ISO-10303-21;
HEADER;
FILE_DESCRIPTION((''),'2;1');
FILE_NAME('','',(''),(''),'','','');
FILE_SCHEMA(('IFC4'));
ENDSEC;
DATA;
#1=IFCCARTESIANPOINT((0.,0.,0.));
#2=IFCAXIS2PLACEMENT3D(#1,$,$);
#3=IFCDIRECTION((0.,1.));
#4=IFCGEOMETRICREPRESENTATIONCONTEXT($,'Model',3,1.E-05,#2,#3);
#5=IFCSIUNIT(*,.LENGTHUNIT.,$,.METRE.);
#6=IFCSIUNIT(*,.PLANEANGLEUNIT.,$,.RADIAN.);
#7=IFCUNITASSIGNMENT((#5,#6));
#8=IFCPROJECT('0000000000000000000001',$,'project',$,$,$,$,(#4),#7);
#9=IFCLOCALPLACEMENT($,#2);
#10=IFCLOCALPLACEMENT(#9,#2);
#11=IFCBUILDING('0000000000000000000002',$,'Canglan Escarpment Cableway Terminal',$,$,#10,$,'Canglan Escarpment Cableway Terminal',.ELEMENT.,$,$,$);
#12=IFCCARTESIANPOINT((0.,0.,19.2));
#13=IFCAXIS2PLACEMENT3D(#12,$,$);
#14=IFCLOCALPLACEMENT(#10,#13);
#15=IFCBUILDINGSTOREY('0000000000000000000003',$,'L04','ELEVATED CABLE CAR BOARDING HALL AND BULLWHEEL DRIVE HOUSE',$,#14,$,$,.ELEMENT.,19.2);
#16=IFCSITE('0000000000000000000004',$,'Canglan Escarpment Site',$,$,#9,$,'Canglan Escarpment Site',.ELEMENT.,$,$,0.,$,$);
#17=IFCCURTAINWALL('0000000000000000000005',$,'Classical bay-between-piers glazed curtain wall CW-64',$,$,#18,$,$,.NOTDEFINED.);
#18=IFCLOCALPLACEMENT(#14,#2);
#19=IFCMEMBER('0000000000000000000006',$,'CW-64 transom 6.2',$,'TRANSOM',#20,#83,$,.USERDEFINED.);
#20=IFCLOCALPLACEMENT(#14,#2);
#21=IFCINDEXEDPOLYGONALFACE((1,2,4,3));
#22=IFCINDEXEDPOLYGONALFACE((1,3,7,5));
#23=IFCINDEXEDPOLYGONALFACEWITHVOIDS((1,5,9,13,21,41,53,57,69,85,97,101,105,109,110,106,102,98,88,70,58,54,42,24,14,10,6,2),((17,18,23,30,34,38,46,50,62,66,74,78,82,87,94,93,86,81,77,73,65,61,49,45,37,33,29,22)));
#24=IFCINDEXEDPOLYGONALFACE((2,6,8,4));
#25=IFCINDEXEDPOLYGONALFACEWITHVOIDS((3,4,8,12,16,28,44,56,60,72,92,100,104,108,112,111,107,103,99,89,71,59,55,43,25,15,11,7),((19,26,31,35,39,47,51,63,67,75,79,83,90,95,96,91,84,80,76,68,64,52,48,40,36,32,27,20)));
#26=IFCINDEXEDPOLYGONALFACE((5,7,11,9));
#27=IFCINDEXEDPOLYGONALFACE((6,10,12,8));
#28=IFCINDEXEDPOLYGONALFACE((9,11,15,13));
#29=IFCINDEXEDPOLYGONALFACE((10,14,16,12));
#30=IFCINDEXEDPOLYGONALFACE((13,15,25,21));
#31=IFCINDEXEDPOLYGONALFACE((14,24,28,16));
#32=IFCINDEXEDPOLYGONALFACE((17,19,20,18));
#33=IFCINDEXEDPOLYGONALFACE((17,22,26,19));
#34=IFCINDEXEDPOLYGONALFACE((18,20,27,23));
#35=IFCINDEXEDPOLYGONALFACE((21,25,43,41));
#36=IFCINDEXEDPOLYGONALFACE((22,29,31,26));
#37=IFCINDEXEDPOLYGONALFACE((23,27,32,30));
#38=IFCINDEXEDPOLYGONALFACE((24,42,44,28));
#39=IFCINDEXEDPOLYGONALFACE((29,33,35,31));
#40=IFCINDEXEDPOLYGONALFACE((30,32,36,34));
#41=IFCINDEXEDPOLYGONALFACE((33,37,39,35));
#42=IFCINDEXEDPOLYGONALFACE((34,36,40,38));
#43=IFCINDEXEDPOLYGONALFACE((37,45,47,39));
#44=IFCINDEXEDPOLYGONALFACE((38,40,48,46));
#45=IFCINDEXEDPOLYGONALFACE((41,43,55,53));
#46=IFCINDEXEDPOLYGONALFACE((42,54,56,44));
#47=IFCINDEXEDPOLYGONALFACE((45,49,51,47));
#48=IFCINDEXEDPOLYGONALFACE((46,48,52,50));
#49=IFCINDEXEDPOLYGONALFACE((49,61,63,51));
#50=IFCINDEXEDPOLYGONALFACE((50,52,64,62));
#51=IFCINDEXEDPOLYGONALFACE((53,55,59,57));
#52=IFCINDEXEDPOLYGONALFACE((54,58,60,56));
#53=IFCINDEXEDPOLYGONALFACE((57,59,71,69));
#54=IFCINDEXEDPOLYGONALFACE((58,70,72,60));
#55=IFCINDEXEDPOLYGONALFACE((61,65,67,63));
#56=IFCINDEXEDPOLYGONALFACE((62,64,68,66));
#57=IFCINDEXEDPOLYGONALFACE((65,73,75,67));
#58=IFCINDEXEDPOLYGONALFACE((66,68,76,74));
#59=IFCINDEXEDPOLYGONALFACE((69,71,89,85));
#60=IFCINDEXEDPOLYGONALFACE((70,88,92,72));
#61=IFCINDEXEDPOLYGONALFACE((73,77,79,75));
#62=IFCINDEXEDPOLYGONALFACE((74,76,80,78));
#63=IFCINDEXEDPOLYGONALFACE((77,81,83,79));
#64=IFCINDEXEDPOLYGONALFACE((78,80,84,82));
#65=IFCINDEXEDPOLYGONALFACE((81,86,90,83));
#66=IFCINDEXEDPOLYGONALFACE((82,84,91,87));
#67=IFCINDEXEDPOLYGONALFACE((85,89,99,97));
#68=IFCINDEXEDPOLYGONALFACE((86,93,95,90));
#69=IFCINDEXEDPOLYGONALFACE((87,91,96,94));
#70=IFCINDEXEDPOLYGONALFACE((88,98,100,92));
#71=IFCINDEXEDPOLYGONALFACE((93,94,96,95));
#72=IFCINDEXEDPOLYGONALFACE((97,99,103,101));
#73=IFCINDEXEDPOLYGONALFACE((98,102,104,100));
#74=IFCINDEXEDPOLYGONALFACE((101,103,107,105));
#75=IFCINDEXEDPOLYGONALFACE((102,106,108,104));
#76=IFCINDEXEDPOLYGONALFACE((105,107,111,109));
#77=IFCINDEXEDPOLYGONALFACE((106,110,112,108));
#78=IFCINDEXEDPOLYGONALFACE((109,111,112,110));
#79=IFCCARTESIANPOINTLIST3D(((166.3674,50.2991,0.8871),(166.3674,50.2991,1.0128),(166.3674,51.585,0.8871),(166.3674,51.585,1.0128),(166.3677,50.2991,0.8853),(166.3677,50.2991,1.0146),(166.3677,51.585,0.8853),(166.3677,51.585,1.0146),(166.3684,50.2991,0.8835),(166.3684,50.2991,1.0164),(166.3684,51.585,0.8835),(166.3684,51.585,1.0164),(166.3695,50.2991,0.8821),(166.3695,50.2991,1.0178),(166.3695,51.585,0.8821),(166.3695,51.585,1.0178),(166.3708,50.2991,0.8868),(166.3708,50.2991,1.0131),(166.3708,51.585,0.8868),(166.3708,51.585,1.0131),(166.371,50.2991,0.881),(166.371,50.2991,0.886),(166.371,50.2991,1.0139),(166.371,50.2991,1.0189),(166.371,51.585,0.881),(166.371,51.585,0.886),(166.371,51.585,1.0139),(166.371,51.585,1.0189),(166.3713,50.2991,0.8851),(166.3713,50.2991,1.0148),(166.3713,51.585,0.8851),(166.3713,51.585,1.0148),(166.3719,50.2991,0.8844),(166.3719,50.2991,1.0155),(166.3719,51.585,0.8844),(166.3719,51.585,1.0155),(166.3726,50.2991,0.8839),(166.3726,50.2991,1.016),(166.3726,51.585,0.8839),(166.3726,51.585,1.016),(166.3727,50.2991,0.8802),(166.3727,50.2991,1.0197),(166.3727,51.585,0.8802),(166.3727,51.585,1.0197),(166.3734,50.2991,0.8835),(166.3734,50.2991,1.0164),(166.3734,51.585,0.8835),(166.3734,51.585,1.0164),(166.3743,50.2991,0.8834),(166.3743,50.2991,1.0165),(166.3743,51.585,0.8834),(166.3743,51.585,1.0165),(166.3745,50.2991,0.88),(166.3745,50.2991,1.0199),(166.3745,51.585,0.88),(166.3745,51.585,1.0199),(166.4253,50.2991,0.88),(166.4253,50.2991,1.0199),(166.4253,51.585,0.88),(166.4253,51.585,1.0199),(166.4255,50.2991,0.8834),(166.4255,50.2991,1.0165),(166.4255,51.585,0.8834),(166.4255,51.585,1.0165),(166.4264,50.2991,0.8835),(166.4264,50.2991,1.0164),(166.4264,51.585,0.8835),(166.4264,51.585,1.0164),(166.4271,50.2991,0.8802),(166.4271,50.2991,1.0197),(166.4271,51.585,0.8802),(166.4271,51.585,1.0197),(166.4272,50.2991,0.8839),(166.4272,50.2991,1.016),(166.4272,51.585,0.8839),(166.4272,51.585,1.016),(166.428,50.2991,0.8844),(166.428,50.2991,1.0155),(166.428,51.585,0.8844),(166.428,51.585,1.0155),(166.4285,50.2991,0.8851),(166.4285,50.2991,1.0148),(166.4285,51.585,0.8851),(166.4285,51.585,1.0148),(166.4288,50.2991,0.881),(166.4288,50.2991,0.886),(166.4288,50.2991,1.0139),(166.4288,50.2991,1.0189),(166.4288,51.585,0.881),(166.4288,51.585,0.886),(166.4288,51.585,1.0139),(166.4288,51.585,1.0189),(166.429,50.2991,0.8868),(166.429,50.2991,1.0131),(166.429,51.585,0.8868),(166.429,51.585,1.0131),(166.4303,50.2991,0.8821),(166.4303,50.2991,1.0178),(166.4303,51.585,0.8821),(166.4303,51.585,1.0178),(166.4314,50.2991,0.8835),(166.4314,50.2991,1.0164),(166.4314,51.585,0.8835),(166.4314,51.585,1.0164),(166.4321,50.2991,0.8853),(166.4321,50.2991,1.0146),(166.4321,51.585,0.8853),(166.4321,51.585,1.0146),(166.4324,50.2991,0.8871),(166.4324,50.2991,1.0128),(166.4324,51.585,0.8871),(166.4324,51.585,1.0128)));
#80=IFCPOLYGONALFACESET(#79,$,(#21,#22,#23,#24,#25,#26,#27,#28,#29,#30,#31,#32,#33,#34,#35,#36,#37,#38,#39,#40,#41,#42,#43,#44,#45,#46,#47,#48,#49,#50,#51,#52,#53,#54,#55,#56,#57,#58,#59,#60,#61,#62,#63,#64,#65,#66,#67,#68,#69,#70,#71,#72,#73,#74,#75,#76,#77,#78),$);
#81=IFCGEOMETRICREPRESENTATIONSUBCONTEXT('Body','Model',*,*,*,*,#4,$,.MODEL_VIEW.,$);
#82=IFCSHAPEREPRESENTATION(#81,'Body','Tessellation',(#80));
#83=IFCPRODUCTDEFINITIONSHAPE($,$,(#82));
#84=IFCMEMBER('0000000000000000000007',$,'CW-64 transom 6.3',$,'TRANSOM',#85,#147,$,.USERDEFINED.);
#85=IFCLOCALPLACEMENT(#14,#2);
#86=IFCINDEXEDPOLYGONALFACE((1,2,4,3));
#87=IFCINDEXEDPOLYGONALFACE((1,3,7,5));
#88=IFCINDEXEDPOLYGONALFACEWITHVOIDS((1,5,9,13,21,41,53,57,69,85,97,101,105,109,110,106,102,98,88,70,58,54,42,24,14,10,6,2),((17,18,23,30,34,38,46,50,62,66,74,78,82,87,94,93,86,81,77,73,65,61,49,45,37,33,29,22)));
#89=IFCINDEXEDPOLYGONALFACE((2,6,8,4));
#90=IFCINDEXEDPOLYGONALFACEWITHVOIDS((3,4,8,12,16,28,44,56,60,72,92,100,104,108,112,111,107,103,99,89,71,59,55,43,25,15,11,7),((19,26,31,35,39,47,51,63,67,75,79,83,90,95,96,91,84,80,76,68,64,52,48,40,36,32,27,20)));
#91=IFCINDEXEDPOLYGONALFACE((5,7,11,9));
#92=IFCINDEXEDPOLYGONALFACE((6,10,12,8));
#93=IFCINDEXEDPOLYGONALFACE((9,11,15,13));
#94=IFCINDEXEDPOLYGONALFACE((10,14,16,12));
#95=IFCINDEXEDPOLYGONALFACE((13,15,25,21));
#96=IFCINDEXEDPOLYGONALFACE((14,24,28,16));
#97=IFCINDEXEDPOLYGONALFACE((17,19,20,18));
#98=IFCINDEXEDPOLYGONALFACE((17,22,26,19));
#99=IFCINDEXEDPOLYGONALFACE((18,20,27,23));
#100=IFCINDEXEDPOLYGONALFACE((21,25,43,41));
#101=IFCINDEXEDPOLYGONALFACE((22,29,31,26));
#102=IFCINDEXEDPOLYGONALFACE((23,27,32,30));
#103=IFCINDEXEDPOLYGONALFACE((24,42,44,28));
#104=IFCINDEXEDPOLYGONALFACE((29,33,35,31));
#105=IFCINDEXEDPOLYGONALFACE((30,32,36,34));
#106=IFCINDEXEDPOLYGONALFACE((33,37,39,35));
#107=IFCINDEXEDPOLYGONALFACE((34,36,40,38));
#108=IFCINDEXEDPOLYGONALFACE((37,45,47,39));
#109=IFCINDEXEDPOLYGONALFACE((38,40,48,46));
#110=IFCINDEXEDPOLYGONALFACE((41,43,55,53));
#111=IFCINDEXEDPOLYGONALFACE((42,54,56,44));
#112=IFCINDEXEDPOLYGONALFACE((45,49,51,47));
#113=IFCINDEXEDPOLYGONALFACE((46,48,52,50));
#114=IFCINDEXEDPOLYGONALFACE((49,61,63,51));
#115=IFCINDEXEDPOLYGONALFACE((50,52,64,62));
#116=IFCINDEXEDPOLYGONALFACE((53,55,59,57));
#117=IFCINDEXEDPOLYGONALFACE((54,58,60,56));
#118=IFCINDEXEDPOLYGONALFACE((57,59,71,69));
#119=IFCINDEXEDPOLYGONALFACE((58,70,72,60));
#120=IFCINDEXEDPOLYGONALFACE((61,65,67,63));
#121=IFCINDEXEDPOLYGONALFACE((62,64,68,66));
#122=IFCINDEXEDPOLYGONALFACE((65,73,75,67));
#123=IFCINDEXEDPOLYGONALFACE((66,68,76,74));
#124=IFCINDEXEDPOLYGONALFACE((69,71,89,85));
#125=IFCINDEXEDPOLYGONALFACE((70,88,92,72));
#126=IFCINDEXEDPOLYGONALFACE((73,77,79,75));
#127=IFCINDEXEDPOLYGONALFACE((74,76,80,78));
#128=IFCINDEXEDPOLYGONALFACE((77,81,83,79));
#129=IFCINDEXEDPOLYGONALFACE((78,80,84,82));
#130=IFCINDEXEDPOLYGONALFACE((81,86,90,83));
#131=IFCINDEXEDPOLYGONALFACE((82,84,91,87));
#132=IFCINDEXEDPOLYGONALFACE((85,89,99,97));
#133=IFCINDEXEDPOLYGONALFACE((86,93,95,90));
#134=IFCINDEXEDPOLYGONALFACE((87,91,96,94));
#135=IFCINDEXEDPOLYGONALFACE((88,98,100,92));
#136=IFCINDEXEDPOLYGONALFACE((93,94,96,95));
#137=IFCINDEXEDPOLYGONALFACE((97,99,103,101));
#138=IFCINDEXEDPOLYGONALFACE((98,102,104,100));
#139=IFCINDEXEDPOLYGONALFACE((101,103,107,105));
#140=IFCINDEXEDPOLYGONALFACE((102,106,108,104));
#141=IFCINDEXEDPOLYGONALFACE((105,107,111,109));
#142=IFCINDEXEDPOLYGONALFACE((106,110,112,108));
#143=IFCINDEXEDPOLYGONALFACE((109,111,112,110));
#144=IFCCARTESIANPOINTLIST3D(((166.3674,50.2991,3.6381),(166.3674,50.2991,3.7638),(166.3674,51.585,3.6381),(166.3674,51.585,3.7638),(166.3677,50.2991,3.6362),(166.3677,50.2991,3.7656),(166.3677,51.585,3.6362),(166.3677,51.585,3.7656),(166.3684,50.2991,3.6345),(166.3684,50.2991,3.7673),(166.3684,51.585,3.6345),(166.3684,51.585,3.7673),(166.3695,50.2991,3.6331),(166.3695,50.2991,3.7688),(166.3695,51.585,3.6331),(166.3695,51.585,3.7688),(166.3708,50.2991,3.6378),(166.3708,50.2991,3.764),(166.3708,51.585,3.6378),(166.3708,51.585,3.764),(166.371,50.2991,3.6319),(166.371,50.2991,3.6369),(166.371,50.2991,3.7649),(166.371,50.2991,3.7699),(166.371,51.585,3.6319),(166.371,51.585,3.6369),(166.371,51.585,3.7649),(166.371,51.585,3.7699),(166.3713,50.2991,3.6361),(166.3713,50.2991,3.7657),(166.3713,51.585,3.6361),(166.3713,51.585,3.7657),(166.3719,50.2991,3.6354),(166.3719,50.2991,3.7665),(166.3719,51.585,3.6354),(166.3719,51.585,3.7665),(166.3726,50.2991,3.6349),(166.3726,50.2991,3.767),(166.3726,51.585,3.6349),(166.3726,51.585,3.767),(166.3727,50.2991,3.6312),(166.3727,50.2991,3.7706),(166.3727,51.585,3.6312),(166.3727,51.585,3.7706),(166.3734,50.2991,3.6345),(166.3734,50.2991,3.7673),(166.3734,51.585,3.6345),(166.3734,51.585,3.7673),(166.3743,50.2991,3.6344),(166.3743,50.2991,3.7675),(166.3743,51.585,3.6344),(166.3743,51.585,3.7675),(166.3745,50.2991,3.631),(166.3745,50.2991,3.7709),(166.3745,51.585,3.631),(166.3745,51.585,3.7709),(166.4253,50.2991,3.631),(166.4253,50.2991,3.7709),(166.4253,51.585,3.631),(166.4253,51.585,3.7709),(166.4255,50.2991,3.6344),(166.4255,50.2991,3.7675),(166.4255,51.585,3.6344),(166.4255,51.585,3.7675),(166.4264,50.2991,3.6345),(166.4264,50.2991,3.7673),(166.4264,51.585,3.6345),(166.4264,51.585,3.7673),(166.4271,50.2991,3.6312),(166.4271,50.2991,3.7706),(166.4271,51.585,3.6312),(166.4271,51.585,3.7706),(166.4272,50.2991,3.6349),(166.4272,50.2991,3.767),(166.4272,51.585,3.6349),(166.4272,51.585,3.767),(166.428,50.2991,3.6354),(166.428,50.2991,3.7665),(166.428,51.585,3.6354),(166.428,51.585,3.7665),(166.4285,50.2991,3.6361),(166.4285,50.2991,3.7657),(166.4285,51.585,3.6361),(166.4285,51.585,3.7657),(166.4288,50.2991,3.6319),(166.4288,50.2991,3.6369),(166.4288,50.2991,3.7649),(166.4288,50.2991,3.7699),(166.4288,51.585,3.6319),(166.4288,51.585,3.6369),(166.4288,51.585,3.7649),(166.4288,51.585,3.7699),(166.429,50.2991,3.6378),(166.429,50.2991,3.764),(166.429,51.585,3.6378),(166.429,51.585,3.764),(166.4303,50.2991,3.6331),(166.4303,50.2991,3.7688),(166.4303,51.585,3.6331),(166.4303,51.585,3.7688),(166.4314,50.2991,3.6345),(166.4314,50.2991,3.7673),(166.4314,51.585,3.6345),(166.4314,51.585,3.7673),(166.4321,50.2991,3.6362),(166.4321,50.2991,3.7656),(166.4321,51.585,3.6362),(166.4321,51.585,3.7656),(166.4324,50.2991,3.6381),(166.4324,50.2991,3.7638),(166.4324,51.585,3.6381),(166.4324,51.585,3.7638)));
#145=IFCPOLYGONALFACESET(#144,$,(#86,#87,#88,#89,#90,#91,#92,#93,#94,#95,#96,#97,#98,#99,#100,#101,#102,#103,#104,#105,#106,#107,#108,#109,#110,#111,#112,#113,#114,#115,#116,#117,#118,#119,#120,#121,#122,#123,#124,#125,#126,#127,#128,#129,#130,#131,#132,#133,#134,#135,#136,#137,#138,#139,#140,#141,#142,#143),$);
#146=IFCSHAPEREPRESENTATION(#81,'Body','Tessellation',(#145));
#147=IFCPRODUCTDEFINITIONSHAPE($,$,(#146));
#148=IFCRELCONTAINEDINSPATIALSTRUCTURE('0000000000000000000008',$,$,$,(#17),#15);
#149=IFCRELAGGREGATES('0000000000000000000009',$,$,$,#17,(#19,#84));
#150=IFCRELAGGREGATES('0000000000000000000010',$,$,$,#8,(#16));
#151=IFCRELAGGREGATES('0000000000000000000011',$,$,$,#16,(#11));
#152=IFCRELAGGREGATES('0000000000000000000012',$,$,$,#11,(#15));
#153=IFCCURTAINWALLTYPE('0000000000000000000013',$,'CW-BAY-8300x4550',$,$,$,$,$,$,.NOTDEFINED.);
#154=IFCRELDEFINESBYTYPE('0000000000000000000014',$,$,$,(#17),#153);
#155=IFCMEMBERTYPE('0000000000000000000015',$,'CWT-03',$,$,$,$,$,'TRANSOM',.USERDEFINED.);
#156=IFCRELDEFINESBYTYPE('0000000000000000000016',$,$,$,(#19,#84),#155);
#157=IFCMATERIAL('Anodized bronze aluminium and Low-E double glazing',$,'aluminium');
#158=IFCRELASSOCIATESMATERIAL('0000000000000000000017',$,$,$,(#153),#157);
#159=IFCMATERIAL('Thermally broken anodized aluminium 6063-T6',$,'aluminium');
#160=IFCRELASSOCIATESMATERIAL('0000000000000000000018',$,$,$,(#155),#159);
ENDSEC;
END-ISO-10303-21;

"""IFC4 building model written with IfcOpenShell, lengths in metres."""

from ifc_helpers import new_model, si_unit, direction, frame, origin, origin_2d, place, context, subcontext, project, spatial, hollow_rectangle, extrude, material, material_profile, profile_set, type_object, element, aggregate, save


model = new_model("IFC4")

# Units and contexts
model_context = context("Model", 3, precision=1e-05, world=origin(), true_north=direction((0.0, 1.0)))
body_context = subcontext(model_context, "Body", "Model", "MODEL_VIEW")
ifc_project = project(units=[si_unit("LENGTHUNIT", "METRE"), si_unit("PLANEANGLEUNIT", "RADIAN")], contexts=[model_context])

# Site, building, storey
site_placement = place(None, origin())
site = spatial("IfcSite", under=ifc_project, at=site_placement, Name="Canglan Escarpment Site", LongName="Canglan Escarpment Site", CompositionType="ELEMENT", RefElevation=0.0)
building_placement = place(site_placement, origin())
building = spatial("IfcBuilding", under=site, at=building_placement, Name="Canglan Escarpment Cableway Terminal", LongName="Canglan Escarpment Cableway Terminal", CompositionType="ELEMENT")
storey_placement = place(building_placement, frame((0.0, 0.0, 19.2)))
storey = spatial("IfcBuildingStorey", under=building, at=storey_placement, Name="L04", Description="ELEVATED CABLE CAR BOARDING HALL AND BULLWHEEL DRIVE HOUSE", CompositionType="ELEMENT", Elevation=19.2)

# Shared definitions
ifc_material_1 = material(Name="Anodized bronze aluminium and Low-E double glazing", Category="aluminium")
curtain_wall_type = type_object("IfcCurtainWallType", Name="CW-BAY-8300x4550", PredefinedType="NOTDEFINED", material=ifc_material_1)
ifc_material_2 = material(Name="Thermally broken anodized aluminium 6063-T6", Category="aluminium")

# Curtain wall
curtain_wall_1_placement = place(storey_placement, origin())
curtain_wall_1 = element("IfcCurtainWall", 1, at=curtain_wall_1_placement, inside=storey, type_object=curtain_wall_type, Name="Classical bay-between-piers glazed curtain wall CW-64", PredefinedType="NOTDEFINED")

# Members
ifc_material_profile_1 = material_profile(ifc_material_2, hollow_rectangle(XDim=0.0649, YDim=0.1399, WallThickness=0.0034, InnerFilletRadius=0.0034, OuterFilletRadius=0.0071, at=origin_2d()), Name="ALU-TRAN 65x140x3.5")
ifc_profile_set_1 = profile_set([ifc_material_profile_1], Name="Thermally broken anodized aluminium 6063-T6")
member_type_1 = type_object("IfcMemberType", Name="CWT-03", ElementType="TRANSOM", PredefinedType="USERDEFINED", material=ifc_profile_set_1)
member_1_placement = place(storey_placement, frame((166.3999, 50.2991, 0.95), z_axis=(0.0, 1.0, 0.0), x_axis=(-1.0, 0.0, 0.0)))
member_1 = element("IfcMember", 2, at=member_1_placement, type_object=member_type_1, Name="CW-64 transom 6.2", ObjectType="TRANSOM", PredefinedType="USERDEFINED", context=body_context, shape_type="SweptSolid", body=[
    extrude(hollow_rectangle(XDim=0.0649, YDim=0.1399, WallThickness=0.0034, InnerFilletRadius=0.0034, OuterFilletRadius=0.0071, at=origin_2d()), origin(), (0.0, 0.0, 1.0), 1.2859),
])
member_2_placement = place(storey_placement, frame((166.3999, 50.2991, 3.7009), z_axis=(0.0, 1.0, 0.0), x_axis=(-1.0, 0.0, 0.0)))
member_2 = element("IfcMember", 3, at=member_2_placement, type_object=member_type_1, Name="CW-64 transom 6.3", ObjectType="TRANSOM", PredefinedType="USERDEFINED", context=body_context, shape_type="SweptSolid", body=[
    extrude(hollow_rectangle(XDim=0.0649, YDim=0.1399, WallThickness=0.0034, InnerFilletRadius=0.0034, OuterFilletRadius=0.0071, at=origin_2d()), origin(), (0.0, 0.0, 1.0), 1.2859),
])

aggregate(curtain_wall_1, [member_1, member_2])

save(model, "model.ifc")
